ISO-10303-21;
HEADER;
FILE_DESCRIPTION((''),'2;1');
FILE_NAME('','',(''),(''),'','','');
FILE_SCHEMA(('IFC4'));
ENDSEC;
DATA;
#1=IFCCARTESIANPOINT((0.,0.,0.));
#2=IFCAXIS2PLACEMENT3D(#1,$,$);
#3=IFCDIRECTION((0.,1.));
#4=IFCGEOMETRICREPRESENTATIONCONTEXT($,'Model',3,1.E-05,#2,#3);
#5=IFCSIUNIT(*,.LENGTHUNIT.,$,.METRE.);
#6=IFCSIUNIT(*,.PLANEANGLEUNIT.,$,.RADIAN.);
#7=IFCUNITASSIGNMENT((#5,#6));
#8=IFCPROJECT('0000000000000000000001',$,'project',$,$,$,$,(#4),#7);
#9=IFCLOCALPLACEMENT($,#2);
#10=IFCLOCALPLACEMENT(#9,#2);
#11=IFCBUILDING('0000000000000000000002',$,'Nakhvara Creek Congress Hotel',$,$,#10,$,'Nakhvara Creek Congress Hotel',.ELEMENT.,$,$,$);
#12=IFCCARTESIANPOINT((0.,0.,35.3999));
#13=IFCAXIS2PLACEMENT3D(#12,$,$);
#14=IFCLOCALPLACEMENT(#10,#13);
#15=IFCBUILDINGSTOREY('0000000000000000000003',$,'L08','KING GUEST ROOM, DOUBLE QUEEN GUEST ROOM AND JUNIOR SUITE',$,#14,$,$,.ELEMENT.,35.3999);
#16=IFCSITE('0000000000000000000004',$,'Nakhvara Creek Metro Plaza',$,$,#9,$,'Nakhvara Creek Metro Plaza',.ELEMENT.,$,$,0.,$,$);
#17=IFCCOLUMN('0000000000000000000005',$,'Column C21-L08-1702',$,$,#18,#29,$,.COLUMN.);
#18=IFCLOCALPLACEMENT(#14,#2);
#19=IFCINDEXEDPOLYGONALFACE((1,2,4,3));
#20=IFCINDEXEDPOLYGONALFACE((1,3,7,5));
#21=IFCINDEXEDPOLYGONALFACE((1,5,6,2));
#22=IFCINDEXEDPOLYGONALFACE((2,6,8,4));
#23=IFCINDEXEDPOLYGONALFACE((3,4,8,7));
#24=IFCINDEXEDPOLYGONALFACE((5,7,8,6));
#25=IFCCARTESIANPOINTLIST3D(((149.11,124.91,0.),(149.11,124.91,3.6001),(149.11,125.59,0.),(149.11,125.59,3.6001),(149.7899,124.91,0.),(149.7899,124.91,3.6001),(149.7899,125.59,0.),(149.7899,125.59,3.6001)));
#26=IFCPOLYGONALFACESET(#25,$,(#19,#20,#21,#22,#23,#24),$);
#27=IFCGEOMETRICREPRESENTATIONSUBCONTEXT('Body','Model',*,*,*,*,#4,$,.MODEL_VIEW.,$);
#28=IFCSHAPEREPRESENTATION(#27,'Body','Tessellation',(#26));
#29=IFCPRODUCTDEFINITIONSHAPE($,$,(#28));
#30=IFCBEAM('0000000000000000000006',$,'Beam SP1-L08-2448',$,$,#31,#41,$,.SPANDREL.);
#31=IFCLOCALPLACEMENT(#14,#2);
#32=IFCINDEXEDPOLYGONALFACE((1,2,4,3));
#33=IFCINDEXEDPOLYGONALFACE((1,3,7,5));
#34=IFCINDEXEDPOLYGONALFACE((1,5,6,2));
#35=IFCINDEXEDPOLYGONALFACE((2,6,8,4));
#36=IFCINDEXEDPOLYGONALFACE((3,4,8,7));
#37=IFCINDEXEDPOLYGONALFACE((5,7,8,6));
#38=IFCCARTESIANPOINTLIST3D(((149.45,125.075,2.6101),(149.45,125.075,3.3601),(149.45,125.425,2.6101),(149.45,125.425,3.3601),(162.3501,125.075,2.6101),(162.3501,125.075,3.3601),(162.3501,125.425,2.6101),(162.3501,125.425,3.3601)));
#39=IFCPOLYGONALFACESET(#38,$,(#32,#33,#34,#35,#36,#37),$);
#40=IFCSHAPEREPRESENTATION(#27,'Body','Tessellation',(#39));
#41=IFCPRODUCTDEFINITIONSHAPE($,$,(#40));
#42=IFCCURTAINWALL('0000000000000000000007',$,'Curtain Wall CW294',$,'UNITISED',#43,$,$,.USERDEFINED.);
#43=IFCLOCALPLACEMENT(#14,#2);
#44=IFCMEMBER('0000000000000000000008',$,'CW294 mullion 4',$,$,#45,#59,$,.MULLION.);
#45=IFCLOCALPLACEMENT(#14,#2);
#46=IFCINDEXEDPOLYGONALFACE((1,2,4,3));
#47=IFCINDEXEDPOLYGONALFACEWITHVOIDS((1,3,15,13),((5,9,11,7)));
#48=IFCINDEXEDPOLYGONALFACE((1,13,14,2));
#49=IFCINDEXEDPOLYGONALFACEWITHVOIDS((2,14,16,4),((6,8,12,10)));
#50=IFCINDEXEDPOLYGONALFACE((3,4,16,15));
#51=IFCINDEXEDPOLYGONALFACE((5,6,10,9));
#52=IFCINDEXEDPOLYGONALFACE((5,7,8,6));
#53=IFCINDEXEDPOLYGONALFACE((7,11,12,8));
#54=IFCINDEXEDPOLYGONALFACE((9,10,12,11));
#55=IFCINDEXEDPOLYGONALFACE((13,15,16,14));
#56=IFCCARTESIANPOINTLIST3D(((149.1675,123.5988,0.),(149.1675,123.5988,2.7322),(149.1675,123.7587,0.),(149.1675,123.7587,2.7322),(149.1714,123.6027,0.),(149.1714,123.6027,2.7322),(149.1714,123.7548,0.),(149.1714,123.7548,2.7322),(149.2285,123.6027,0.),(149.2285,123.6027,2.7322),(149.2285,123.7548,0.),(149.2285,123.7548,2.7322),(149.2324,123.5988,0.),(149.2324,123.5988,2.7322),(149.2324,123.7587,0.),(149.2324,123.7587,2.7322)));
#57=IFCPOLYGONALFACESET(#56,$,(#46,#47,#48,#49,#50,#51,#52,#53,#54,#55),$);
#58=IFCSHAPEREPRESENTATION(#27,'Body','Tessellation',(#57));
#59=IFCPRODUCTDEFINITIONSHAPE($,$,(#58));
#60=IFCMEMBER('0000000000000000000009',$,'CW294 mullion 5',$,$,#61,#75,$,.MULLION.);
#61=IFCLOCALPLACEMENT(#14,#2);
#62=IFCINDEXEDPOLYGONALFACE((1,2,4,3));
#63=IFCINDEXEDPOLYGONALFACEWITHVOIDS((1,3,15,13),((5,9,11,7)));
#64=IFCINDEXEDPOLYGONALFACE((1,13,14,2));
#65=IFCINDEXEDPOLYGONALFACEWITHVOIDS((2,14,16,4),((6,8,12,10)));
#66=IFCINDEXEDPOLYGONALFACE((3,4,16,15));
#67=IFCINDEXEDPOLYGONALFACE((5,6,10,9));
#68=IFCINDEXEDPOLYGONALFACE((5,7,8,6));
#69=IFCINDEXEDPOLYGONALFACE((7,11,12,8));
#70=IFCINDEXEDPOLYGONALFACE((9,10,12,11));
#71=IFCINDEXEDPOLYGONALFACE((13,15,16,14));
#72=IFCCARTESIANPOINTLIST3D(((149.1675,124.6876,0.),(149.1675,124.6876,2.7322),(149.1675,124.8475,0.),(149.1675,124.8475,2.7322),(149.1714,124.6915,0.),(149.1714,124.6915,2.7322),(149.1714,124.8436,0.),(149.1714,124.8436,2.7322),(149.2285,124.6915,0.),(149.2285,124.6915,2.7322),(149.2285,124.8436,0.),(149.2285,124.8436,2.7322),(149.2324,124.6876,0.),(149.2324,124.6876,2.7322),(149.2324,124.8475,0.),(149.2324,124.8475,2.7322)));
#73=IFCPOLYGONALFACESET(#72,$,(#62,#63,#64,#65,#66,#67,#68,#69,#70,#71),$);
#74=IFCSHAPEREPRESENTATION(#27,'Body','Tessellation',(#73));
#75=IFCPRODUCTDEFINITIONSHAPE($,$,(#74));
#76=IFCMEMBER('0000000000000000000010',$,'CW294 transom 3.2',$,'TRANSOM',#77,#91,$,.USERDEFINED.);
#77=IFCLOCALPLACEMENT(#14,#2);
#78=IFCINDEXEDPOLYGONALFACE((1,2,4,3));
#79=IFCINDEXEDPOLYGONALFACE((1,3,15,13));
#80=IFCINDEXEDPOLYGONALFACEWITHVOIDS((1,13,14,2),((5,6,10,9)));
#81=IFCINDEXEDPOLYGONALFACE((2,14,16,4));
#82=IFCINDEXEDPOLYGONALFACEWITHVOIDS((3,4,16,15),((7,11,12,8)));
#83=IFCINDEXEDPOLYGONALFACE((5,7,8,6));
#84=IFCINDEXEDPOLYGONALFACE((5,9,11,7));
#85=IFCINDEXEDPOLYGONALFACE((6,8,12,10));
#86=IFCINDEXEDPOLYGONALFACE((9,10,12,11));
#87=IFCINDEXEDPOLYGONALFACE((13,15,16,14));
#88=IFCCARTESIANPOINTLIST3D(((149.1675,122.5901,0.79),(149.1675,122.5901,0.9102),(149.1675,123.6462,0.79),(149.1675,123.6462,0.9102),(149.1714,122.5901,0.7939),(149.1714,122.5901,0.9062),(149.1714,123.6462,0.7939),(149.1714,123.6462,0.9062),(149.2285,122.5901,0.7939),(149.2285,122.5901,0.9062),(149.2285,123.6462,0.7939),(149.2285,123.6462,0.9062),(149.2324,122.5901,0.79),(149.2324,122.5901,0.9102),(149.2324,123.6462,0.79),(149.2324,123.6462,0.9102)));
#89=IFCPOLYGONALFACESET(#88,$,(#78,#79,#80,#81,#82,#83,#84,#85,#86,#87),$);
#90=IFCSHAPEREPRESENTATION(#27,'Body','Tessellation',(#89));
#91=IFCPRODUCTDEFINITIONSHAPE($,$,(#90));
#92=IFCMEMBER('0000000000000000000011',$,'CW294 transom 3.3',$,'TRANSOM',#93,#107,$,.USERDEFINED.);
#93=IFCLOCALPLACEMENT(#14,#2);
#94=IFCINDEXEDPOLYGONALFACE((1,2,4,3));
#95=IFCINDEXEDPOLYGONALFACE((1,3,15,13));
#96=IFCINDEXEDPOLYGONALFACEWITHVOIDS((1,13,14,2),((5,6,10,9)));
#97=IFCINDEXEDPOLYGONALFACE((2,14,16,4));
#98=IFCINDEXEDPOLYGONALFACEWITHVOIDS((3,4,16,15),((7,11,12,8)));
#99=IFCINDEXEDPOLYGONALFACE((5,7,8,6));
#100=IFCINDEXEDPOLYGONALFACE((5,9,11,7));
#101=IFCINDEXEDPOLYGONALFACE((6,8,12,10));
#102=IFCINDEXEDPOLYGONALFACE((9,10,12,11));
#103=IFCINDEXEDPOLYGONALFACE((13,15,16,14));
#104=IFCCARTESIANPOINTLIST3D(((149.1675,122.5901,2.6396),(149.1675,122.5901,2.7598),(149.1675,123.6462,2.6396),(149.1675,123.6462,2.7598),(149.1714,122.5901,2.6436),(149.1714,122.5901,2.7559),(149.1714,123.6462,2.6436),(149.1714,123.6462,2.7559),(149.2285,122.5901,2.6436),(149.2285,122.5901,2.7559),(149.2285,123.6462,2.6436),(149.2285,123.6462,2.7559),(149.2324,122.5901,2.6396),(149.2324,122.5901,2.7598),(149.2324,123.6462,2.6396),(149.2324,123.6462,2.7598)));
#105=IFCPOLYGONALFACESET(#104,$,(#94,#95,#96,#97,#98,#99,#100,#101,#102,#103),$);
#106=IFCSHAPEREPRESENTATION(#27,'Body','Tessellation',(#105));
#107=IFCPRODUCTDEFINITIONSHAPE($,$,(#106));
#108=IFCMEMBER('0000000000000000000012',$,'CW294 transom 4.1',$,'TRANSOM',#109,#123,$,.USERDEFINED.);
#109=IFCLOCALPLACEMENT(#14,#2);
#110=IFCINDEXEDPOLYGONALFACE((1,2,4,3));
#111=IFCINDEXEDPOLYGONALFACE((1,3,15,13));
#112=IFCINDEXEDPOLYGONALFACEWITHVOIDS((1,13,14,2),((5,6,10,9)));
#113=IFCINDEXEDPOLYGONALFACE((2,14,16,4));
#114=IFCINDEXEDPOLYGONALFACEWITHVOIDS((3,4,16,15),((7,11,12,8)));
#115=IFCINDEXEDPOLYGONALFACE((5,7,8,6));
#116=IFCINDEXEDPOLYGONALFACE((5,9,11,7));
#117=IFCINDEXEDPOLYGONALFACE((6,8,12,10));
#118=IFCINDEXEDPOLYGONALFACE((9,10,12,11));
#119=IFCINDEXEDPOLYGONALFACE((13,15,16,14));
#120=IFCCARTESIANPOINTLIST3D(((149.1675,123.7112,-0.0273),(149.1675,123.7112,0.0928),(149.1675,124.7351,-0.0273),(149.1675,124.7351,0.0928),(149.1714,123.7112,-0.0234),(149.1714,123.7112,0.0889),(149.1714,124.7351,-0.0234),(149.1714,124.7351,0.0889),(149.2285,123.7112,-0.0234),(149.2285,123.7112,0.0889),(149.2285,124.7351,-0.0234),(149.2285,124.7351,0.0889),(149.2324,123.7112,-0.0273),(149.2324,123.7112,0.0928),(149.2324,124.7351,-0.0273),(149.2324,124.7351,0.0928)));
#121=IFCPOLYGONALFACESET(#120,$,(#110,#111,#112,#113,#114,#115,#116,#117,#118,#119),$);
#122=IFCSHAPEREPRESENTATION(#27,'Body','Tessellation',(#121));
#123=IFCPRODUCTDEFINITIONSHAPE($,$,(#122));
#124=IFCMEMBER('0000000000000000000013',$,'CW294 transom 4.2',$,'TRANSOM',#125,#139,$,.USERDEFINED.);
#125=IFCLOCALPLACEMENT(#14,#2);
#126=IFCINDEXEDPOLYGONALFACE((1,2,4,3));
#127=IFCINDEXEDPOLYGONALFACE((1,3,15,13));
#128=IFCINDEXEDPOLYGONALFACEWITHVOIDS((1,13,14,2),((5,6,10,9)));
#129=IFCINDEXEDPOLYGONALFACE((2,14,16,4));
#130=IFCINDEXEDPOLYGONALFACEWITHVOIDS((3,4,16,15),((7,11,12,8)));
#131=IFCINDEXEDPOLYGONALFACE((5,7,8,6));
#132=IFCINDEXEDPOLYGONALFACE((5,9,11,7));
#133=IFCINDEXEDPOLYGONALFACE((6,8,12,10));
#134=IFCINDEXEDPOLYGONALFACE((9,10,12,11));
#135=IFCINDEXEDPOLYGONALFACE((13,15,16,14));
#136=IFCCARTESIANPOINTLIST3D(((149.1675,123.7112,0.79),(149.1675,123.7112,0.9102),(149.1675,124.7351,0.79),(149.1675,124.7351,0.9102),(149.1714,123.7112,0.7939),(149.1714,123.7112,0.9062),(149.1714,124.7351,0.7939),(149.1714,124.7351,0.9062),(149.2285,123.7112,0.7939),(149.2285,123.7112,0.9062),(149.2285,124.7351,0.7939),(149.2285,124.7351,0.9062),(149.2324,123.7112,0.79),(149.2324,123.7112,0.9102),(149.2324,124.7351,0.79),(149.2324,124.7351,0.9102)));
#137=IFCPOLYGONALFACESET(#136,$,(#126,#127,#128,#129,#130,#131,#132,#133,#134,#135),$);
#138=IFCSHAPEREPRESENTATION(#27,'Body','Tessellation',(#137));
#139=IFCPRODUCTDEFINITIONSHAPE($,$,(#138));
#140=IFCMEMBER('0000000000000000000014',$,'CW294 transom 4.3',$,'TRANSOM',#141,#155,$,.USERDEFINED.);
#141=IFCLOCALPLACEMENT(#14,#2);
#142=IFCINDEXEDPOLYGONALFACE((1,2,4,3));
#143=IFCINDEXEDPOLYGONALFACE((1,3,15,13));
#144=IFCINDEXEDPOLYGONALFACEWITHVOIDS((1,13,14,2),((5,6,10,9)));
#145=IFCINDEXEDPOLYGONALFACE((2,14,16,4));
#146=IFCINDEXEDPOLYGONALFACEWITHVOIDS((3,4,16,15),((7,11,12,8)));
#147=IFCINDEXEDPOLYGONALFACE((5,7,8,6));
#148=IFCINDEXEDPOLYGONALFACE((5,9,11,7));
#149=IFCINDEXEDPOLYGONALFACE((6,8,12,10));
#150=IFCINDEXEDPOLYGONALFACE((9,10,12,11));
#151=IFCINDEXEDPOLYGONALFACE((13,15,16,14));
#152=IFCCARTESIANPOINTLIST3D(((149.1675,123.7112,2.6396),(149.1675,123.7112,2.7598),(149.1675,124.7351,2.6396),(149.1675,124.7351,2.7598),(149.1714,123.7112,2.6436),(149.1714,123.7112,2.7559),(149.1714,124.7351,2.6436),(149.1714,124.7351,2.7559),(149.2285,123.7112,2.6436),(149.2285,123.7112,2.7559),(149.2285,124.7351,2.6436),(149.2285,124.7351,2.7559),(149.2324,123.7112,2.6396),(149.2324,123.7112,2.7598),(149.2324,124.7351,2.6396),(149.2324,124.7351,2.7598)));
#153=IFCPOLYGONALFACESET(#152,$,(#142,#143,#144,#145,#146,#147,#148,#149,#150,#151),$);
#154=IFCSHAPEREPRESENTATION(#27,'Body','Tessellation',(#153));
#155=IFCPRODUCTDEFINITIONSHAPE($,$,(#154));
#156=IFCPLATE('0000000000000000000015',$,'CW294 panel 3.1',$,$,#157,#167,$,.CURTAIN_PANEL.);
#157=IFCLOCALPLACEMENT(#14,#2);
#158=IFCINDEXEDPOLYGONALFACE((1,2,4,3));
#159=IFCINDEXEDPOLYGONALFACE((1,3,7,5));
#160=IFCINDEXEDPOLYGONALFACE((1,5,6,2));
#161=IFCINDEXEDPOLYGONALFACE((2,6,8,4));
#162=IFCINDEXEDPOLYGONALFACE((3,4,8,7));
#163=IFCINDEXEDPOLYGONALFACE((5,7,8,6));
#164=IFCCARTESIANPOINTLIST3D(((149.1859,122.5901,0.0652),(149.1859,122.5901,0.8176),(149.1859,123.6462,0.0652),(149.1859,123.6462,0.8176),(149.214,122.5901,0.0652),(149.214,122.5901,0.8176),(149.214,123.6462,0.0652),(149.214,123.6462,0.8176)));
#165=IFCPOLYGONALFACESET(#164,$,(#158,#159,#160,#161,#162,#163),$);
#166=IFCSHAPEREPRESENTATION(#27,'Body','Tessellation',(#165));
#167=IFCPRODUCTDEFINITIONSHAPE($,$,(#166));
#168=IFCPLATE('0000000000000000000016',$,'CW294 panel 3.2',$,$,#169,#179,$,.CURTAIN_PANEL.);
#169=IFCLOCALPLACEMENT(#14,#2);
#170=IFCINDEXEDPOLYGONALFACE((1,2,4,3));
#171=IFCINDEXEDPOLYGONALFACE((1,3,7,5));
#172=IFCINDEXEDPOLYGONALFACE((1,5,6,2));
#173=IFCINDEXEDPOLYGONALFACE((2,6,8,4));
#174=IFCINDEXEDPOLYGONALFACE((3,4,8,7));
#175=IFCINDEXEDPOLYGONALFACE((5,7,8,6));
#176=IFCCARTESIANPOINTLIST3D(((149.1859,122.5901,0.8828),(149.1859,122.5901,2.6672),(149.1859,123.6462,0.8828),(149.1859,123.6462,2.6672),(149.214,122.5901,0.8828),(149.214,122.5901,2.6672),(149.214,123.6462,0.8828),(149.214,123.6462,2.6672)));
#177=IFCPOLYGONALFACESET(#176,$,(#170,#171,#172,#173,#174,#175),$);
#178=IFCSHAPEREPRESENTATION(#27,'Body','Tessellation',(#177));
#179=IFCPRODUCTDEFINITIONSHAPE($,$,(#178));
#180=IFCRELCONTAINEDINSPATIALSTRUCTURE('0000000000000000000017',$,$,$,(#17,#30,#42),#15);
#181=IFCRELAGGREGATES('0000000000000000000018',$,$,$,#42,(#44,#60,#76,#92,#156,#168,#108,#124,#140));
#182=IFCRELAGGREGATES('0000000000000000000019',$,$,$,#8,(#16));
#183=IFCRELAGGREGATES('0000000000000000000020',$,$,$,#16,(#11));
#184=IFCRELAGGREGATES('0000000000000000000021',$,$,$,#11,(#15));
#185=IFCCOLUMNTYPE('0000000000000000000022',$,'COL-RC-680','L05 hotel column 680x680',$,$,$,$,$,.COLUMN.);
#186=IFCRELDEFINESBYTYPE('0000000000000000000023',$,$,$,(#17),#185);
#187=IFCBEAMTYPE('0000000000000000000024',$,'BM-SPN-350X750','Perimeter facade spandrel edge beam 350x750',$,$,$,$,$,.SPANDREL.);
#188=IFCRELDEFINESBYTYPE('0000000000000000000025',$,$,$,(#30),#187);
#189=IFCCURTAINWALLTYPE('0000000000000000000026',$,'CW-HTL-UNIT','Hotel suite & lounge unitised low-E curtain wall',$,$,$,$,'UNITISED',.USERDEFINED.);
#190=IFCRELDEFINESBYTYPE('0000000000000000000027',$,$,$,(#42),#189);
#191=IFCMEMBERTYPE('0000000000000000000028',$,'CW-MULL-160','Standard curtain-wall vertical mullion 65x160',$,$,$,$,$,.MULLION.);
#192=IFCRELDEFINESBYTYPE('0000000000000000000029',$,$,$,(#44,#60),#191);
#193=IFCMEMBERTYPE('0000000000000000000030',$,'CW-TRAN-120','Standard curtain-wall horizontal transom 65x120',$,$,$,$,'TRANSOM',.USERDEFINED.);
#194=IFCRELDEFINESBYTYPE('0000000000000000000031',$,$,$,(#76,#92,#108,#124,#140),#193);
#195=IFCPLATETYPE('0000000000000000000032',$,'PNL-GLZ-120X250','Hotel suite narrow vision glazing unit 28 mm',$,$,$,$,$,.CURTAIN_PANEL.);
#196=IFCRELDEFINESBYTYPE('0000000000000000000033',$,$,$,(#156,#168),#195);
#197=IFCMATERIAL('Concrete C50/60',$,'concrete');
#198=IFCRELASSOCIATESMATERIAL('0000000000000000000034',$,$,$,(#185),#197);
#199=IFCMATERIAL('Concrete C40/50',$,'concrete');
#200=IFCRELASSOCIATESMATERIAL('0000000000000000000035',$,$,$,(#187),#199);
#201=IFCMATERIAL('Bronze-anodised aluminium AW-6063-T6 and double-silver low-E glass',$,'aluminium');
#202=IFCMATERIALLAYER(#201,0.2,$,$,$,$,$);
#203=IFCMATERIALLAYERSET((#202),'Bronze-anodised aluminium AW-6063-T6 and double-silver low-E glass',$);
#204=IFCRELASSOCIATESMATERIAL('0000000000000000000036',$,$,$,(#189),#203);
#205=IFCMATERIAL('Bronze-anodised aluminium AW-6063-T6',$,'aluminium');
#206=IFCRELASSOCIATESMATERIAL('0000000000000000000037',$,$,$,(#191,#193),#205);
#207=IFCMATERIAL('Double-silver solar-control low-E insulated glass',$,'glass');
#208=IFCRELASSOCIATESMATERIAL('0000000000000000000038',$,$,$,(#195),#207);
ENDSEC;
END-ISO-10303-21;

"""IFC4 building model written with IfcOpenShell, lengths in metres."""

from ifc_helpers import new_model, si_unit, direction, frame, origin, origin_2d, place, context, subcontext, project, spatial, rectangle, hollow_rectangle, extrude, material, layer, layer_set, material_profile, profile_set, type_object, element, aggregate, save


model = new_model("IFC4")

# Units and contexts
model_context = context("Model", 3, precision=1e-05, world=origin(), true_north=direction((0.0, 1.0)))
body_context = subcontext(model_context, "Body", "Model", "MODEL_VIEW")
ifc_project = project(units=[si_unit("LENGTHUNIT", "METRE"), si_unit("PLANEANGLEUNIT", "RADIAN")], contexts=[model_context])

# Site, building, storey
site_placement = place(None, origin())
site = spatial("IfcSite", under=ifc_project, at=site_placement, Name="Nakhvara Creek Metro Plaza", LongName="Nakhvara Creek Metro Plaza", CompositionType="ELEMENT", RefElevation=0.0)
building_placement = place(site_placement, origin())
building = spatial("IfcBuilding", under=site, at=building_placement, Name="Nakhvara Creek Congress Hotel", LongName="Nakhvara Creek Congress Hotel", CompositionType="ELEMENT")
storey_placement = place(building_placement, frame((0.0, 0.0, 35.3999)))
storey = spatial("IfcBuildingStorey", under=building, at=storey_placement, Name="L08", Description="KING GUEST ROOM, DOUBLE QUEEN GUEST ROOM AND JUNIOR SUITE", CompositionType="ELEMENT", Elevation=35.3999)

# Column
ifc_material_1 = material(Name="Concrete C50/60", Category="concrete")
ifc_material_profile_1 = material_profile(ifc_material_1, rectangle(XDim=0.6799, YDim=0.6799, at=origin_2d()), Name="RC-COL 680x680", Category="LoadBearing")
ifc_profile_set_1 = profile_set([ifc_material_profile_1], Name="Concrete C50/60")
column_type = type_object("IfcColumnType", Name="COL-RC-680", Description="L05 hotel column 680x680", PredefinedType="COLUMN", material=ifc_profile_set_1)
column_placement = place(storey_placement, frame((149.45, 125.25, 0.0), z_axis=(0.0, 0.0, 1.0), x_axis=(1.0, 0.0, 0.0)))
element("IfcColumn", 1, at=column_placement, inside=storey, type_object=column_type, Name="Column C21-L08-1702", PredefinedType="COLUMN", context=body_context, shape_type="SweptSolid", body=[
    extrude(rectangle(XDim=0.6799, YDim=0.6799, at=origin_2d()), origin(), (0.0, 0.0, 1.0), 3.6001),
])

# Beam
ifc_material_2 = material(Name="Concrete C40/50", Category="concrete")
ifc_material_profile_2 = material_profile(ifc_material_2, rectangle(XDim=0.3501, YDim=0.75, at=origin_2d()), Name="RC-SPANDREL 350x750", Category="LoadBearing")
ifc_profile_set_2 = profile_set([ifc_material_profile_2], Name="Concrete C40/50")
beam_type = type_object("IfcBeamType", Name="BM-SPN-350X750", Description="Perimeter facade spandrel edge beam 350x750", PredefinedType="SPANDREL", material=ifc_profile_set_2)
beam_placement = place(storey_placement, frame((149.45, 125.25, 2.9851), z_axis=(1.0, 0.0, 0.0), x_axis=(0.0, 1.0, 0.0)))
element("IfcBeam", 2, at=beam_placement, inside=storey, type_object=beam_type, Name="Beam SP1-L08-2448", PredefinedType="SPANDREL", context=body_context, shape_type="SweptSolid", body=[
    extrude(rectangle(XDim=0.3501, YDim=0.75, at=origin_2d()), origin(), (0.0, 0.0, 1.0), 12.9001),
])

# Curtain wall, members, plates
ifc_material_3 = material(Name="Bronze-anodised aluminium AW-6063-T6 and double-silver low-E glass", Category="aluminium")
ifc_layer_1 = layer(ifc_material_3, 0.2)
ifc_layer_set_1 = layer_set([ifc_layer_1], Name="Bronze-anodised aluminium AW-6063-T6 and double-silver low-E glass")
curtain_wall_type = type_object("IfcCurtainWallType", Name="CW-HTL-UNIT", Description="Hotel suite & lounge unitised low-E curtain wall", ElementType="UNITISED", PredefinedType="USERDEFINED", material=ifc_layer_set_1)
curtain_wall_placement = place(storey_placement, origin())
curtain_wall = element("IfcCurtainWall", 3, at=curtain_wall_placement, inside=storey, type_object=curtain_wall_type, Name="Curtain Wall CW294", ObjectType="UNITISED", PredefinedType="USERDEFINED")
ifc_material_4 = material(Name="Bronze-anodised aluminium AW-6063-T6", Category="aluminium")
ifc_material_profile_3 = material_profile(ifc_material_4, hollow_rectangle(XDim=0.0649, YDim=0.1599, WallThickness=0.0039, at=origin_2d()), Name="ALU-MULL 65x160x4", Category="LoadBearing")
ifc_profile_set_3 = profile_set([ifc_material_profile_3], Name="Bronze-anodised aluminium AW-6063-T6")
member_type_1 = type_object("IfcMemberType", Name="CW-MULL-160", Description="Standard curtain-wall vertical mullion 65x160", PredefinedType="MULLION", material=ifc_profile_set_3)
member_1_placement = place(storey_placement, frame((149.2, 123.6787, 0.0), z_axis=(0.0, 0.0, 1.0), x_axis=(-1.0, 0.0, 0.0)))
member_1 = element("IfcMember", 4, at=member_1_placement, type_object=member_type_1, Name="CW294 mullion 4", PredefinedType="MULLION", context=body_context, shape_type="SweptSolid", body=[
    extrude(hollow_rectangle(XDim=0.0649, YDim=0.1599, WallThickness=0.0039, at=origin_2d()), origin(), (0.0, 0.0, 1.0), 2.7322),
])
member_2_placement = place(storey_placement, frame((149.2, 124.7676, 0.0), z_axis=(0.0, 0.0, 1.0), x_axis=(-1.0, 0.0, 0.0)))
member_2 = element("IfcMember", 5, at=member_2_placement, type_object=member_type_1, Name="CW294 mullion 5", PredefinedType="MULLION", context=body_context, shape_type="SweptSolid", body=[
    extrude(hollow_rectangle(XDim=0.0649, YDim=0.1599, WallThickness=0.0039, at=origin_2d()), origin(), (0.0, 0.0, 1.0), 2.7322),
])
ifc_material_profile_4 = material_profile(ifc_material_4, hollow_rectangle(XDim=0.0649, YDim=0.1201, WallThickness=0.0039, at=origin_2d()), Name="ALU-TRAN 65x120x4", Category="LoadBearing")
ifc_profile_set_4 = profile_set([ifc_material_profile_4], Name="Bronze-anodised aluminium AW-6063-T6")
member_type_2 = type_object("IfcMemberType", Name="CW-TRAN-120", Description="Standard curtain-wall horizontal transom 65x120", ElementType="TRANSOM", PredefinedType="USERDEFINED", material=ifc_profile_set_4)
member_3_placement = place(storey_placement, frame((149.2, 122.5901, 0.8501), z_axis=(0.0, 1.0, 0.0), x_axis=(-1.0, 0.0, 0.0)))
member_3 = element("IfcMember", 6, at=member_3_placement, type_object=member_type_2, Name="CW294 transom 3.2", ObjectType="TRANSOM", PredefinedType="USERDEFINED", context=body_context, shape_type="SweptSolid", body=[
    extrude(hollow_rectangle(XDim=0.0649, YDim=0.1201, WallThickness=0.0039, at=origin_2d()), origin(), (0.0, 0.0, 1.0), 1.0562),
])
member_4_placement = place(storey_placement, frame((149.2, 122.5901, 2.6997), z_axis=(0.0, 1.0, 0.0), x_axis=(-1.0, 0.0, 0.0)))
member_4 = element("IfcMember", 7, at=member_4_placement, type_object=member_type_2, Name="CW294 transom 3.3", ObjectType="TRANSOM", PredefinedType="USERDEFINED", context=body_context, shape_type="SweptSolid", body=[
    extrude(hollow_rectangle(XDim=0.0649, YDim=0.1201, WallThickness=0.0039, at=origin_2d()), origin(), (0.0, 0.0, 1.0), 1.0562),
])
member_5_placement = place(storey_placement, frame((149.2, 123.7112, 0.0327), z_axis=(0.0, 1.0, 0.0), x_axis=(-1.0, 0.0, 0.0)))
member_5 = element("IfcMember", 8, at=member_5_placement, type_object=member_type_2, Name="CW294 transom 4.1", ObjectType="TRANSOM", PredefinedType="USERDEFINED", context=body_context, shape_type="SweptSolid", body=[
    extrude(hollow_rectangle(XDim=0.0649, YDim=0.1201, WallThickness=0.0039, at=origin_2d()), origin(), (0.0, 0.0, 1.0), 1.0239),
])
member_6_placement = place(storey_placement, frame((149.2, 123.7112, 0.8501), z_axis=(0.0, 1.0, 0.0), x_axis=(-1.0, 0.0, 0.0)))
member_6 = element("IfcMember", 9, at=member_6_placement, type_object=member_type_2, Name="CW294 transom 4.2", ObjectType="TRANSOM", PredefinedType="USERDEFINED", context=body_context, shape_type="SweptSolid", body=[
    extrude(hollow_rectangle(XDim=0.0649, YDim=0.1201, WallThickness=0.0039, at=origin_2d()), origin(), (0.0, 0.0, 1.0), 1.0239),
])
member_7_placement = place(storey_placement, frame((149.2, 123.7112, 2.6997), z_axis=(0.0, 1.0, 0.0), x_axis=(-1.0, 0.0, 0.0)))
member_7 = element("IfcMember", 10, at=member_7_placement, type_object=member_type_2, Name="CW294 transom 4.3", ObjectType="TRANSOM", PredefinedType="USERDEFINED", context=body_context, shape_type="SweptSolid", body=[
    extrude(hollow_rectangle(XDim=0.0649, YDim=0.1201, WallThickness=0.0039, at=origin_2d()), origin(), (0.0, 0.0, 1.0), 1.0239),
])
ifc_material_5 = material(Name="Double-silver solar-control low-E insulated glass", Category="glass")
plate_type = type_object("IfcPlateType", Name="PNL-GLZ-120X250", Description="Hotel suite narrow vision glazing unit 28 mm", PredefinedType="CURTAIN_PANEL", material=ifc_material_5)
plate_1_placement = place(storey_placement, frame((149.2, 123.1182, 0.0652), z_axis=(0.0, 0.0, 1.0), x_axis=(0.0, 1.0, 0.0)))
plate_1 = element("IfcPlate", 11, at=plate_1_placement, type_object=plate_type, Name="CW294 panel 3.1", PredefinedType="CURTAIN_PANEL", context=body_context, shape_type="SweptSolid", body=[
    extrude(rectangle(XDim=1.0562, YDim=0.0281, at=origin_2d()), origin(), (0.0, 0.0, 1.0), 0.7524),
])
plate_2_placement = place(storey_placement, frame((149.2, 123.1182, 0.8828), z_axis=(0.0, 0.0, 1.0), x_axis=(0.0, 1.0, 0.0)))
plate_2 = element("IfcPlate", 12, at=plate_2_placement, type_object=plate_type, Name="CW294 panel 3.2", PredefinedType="CURTAIN_PANEL", context=body_context, shape_type="SweptSolid", body=[
    extrude(rectangle(XDim=1.0562, YDim=0.0281, at=origin_2d()), origin(), (0.0, 0.0, 1.0), 1.7844),
])
aggregate(curtain_wall, [member_1, member_2, member_3, member_4, plate_1, plate_2, member_5, member_6, member_7])

save(model, "model.ifc")
